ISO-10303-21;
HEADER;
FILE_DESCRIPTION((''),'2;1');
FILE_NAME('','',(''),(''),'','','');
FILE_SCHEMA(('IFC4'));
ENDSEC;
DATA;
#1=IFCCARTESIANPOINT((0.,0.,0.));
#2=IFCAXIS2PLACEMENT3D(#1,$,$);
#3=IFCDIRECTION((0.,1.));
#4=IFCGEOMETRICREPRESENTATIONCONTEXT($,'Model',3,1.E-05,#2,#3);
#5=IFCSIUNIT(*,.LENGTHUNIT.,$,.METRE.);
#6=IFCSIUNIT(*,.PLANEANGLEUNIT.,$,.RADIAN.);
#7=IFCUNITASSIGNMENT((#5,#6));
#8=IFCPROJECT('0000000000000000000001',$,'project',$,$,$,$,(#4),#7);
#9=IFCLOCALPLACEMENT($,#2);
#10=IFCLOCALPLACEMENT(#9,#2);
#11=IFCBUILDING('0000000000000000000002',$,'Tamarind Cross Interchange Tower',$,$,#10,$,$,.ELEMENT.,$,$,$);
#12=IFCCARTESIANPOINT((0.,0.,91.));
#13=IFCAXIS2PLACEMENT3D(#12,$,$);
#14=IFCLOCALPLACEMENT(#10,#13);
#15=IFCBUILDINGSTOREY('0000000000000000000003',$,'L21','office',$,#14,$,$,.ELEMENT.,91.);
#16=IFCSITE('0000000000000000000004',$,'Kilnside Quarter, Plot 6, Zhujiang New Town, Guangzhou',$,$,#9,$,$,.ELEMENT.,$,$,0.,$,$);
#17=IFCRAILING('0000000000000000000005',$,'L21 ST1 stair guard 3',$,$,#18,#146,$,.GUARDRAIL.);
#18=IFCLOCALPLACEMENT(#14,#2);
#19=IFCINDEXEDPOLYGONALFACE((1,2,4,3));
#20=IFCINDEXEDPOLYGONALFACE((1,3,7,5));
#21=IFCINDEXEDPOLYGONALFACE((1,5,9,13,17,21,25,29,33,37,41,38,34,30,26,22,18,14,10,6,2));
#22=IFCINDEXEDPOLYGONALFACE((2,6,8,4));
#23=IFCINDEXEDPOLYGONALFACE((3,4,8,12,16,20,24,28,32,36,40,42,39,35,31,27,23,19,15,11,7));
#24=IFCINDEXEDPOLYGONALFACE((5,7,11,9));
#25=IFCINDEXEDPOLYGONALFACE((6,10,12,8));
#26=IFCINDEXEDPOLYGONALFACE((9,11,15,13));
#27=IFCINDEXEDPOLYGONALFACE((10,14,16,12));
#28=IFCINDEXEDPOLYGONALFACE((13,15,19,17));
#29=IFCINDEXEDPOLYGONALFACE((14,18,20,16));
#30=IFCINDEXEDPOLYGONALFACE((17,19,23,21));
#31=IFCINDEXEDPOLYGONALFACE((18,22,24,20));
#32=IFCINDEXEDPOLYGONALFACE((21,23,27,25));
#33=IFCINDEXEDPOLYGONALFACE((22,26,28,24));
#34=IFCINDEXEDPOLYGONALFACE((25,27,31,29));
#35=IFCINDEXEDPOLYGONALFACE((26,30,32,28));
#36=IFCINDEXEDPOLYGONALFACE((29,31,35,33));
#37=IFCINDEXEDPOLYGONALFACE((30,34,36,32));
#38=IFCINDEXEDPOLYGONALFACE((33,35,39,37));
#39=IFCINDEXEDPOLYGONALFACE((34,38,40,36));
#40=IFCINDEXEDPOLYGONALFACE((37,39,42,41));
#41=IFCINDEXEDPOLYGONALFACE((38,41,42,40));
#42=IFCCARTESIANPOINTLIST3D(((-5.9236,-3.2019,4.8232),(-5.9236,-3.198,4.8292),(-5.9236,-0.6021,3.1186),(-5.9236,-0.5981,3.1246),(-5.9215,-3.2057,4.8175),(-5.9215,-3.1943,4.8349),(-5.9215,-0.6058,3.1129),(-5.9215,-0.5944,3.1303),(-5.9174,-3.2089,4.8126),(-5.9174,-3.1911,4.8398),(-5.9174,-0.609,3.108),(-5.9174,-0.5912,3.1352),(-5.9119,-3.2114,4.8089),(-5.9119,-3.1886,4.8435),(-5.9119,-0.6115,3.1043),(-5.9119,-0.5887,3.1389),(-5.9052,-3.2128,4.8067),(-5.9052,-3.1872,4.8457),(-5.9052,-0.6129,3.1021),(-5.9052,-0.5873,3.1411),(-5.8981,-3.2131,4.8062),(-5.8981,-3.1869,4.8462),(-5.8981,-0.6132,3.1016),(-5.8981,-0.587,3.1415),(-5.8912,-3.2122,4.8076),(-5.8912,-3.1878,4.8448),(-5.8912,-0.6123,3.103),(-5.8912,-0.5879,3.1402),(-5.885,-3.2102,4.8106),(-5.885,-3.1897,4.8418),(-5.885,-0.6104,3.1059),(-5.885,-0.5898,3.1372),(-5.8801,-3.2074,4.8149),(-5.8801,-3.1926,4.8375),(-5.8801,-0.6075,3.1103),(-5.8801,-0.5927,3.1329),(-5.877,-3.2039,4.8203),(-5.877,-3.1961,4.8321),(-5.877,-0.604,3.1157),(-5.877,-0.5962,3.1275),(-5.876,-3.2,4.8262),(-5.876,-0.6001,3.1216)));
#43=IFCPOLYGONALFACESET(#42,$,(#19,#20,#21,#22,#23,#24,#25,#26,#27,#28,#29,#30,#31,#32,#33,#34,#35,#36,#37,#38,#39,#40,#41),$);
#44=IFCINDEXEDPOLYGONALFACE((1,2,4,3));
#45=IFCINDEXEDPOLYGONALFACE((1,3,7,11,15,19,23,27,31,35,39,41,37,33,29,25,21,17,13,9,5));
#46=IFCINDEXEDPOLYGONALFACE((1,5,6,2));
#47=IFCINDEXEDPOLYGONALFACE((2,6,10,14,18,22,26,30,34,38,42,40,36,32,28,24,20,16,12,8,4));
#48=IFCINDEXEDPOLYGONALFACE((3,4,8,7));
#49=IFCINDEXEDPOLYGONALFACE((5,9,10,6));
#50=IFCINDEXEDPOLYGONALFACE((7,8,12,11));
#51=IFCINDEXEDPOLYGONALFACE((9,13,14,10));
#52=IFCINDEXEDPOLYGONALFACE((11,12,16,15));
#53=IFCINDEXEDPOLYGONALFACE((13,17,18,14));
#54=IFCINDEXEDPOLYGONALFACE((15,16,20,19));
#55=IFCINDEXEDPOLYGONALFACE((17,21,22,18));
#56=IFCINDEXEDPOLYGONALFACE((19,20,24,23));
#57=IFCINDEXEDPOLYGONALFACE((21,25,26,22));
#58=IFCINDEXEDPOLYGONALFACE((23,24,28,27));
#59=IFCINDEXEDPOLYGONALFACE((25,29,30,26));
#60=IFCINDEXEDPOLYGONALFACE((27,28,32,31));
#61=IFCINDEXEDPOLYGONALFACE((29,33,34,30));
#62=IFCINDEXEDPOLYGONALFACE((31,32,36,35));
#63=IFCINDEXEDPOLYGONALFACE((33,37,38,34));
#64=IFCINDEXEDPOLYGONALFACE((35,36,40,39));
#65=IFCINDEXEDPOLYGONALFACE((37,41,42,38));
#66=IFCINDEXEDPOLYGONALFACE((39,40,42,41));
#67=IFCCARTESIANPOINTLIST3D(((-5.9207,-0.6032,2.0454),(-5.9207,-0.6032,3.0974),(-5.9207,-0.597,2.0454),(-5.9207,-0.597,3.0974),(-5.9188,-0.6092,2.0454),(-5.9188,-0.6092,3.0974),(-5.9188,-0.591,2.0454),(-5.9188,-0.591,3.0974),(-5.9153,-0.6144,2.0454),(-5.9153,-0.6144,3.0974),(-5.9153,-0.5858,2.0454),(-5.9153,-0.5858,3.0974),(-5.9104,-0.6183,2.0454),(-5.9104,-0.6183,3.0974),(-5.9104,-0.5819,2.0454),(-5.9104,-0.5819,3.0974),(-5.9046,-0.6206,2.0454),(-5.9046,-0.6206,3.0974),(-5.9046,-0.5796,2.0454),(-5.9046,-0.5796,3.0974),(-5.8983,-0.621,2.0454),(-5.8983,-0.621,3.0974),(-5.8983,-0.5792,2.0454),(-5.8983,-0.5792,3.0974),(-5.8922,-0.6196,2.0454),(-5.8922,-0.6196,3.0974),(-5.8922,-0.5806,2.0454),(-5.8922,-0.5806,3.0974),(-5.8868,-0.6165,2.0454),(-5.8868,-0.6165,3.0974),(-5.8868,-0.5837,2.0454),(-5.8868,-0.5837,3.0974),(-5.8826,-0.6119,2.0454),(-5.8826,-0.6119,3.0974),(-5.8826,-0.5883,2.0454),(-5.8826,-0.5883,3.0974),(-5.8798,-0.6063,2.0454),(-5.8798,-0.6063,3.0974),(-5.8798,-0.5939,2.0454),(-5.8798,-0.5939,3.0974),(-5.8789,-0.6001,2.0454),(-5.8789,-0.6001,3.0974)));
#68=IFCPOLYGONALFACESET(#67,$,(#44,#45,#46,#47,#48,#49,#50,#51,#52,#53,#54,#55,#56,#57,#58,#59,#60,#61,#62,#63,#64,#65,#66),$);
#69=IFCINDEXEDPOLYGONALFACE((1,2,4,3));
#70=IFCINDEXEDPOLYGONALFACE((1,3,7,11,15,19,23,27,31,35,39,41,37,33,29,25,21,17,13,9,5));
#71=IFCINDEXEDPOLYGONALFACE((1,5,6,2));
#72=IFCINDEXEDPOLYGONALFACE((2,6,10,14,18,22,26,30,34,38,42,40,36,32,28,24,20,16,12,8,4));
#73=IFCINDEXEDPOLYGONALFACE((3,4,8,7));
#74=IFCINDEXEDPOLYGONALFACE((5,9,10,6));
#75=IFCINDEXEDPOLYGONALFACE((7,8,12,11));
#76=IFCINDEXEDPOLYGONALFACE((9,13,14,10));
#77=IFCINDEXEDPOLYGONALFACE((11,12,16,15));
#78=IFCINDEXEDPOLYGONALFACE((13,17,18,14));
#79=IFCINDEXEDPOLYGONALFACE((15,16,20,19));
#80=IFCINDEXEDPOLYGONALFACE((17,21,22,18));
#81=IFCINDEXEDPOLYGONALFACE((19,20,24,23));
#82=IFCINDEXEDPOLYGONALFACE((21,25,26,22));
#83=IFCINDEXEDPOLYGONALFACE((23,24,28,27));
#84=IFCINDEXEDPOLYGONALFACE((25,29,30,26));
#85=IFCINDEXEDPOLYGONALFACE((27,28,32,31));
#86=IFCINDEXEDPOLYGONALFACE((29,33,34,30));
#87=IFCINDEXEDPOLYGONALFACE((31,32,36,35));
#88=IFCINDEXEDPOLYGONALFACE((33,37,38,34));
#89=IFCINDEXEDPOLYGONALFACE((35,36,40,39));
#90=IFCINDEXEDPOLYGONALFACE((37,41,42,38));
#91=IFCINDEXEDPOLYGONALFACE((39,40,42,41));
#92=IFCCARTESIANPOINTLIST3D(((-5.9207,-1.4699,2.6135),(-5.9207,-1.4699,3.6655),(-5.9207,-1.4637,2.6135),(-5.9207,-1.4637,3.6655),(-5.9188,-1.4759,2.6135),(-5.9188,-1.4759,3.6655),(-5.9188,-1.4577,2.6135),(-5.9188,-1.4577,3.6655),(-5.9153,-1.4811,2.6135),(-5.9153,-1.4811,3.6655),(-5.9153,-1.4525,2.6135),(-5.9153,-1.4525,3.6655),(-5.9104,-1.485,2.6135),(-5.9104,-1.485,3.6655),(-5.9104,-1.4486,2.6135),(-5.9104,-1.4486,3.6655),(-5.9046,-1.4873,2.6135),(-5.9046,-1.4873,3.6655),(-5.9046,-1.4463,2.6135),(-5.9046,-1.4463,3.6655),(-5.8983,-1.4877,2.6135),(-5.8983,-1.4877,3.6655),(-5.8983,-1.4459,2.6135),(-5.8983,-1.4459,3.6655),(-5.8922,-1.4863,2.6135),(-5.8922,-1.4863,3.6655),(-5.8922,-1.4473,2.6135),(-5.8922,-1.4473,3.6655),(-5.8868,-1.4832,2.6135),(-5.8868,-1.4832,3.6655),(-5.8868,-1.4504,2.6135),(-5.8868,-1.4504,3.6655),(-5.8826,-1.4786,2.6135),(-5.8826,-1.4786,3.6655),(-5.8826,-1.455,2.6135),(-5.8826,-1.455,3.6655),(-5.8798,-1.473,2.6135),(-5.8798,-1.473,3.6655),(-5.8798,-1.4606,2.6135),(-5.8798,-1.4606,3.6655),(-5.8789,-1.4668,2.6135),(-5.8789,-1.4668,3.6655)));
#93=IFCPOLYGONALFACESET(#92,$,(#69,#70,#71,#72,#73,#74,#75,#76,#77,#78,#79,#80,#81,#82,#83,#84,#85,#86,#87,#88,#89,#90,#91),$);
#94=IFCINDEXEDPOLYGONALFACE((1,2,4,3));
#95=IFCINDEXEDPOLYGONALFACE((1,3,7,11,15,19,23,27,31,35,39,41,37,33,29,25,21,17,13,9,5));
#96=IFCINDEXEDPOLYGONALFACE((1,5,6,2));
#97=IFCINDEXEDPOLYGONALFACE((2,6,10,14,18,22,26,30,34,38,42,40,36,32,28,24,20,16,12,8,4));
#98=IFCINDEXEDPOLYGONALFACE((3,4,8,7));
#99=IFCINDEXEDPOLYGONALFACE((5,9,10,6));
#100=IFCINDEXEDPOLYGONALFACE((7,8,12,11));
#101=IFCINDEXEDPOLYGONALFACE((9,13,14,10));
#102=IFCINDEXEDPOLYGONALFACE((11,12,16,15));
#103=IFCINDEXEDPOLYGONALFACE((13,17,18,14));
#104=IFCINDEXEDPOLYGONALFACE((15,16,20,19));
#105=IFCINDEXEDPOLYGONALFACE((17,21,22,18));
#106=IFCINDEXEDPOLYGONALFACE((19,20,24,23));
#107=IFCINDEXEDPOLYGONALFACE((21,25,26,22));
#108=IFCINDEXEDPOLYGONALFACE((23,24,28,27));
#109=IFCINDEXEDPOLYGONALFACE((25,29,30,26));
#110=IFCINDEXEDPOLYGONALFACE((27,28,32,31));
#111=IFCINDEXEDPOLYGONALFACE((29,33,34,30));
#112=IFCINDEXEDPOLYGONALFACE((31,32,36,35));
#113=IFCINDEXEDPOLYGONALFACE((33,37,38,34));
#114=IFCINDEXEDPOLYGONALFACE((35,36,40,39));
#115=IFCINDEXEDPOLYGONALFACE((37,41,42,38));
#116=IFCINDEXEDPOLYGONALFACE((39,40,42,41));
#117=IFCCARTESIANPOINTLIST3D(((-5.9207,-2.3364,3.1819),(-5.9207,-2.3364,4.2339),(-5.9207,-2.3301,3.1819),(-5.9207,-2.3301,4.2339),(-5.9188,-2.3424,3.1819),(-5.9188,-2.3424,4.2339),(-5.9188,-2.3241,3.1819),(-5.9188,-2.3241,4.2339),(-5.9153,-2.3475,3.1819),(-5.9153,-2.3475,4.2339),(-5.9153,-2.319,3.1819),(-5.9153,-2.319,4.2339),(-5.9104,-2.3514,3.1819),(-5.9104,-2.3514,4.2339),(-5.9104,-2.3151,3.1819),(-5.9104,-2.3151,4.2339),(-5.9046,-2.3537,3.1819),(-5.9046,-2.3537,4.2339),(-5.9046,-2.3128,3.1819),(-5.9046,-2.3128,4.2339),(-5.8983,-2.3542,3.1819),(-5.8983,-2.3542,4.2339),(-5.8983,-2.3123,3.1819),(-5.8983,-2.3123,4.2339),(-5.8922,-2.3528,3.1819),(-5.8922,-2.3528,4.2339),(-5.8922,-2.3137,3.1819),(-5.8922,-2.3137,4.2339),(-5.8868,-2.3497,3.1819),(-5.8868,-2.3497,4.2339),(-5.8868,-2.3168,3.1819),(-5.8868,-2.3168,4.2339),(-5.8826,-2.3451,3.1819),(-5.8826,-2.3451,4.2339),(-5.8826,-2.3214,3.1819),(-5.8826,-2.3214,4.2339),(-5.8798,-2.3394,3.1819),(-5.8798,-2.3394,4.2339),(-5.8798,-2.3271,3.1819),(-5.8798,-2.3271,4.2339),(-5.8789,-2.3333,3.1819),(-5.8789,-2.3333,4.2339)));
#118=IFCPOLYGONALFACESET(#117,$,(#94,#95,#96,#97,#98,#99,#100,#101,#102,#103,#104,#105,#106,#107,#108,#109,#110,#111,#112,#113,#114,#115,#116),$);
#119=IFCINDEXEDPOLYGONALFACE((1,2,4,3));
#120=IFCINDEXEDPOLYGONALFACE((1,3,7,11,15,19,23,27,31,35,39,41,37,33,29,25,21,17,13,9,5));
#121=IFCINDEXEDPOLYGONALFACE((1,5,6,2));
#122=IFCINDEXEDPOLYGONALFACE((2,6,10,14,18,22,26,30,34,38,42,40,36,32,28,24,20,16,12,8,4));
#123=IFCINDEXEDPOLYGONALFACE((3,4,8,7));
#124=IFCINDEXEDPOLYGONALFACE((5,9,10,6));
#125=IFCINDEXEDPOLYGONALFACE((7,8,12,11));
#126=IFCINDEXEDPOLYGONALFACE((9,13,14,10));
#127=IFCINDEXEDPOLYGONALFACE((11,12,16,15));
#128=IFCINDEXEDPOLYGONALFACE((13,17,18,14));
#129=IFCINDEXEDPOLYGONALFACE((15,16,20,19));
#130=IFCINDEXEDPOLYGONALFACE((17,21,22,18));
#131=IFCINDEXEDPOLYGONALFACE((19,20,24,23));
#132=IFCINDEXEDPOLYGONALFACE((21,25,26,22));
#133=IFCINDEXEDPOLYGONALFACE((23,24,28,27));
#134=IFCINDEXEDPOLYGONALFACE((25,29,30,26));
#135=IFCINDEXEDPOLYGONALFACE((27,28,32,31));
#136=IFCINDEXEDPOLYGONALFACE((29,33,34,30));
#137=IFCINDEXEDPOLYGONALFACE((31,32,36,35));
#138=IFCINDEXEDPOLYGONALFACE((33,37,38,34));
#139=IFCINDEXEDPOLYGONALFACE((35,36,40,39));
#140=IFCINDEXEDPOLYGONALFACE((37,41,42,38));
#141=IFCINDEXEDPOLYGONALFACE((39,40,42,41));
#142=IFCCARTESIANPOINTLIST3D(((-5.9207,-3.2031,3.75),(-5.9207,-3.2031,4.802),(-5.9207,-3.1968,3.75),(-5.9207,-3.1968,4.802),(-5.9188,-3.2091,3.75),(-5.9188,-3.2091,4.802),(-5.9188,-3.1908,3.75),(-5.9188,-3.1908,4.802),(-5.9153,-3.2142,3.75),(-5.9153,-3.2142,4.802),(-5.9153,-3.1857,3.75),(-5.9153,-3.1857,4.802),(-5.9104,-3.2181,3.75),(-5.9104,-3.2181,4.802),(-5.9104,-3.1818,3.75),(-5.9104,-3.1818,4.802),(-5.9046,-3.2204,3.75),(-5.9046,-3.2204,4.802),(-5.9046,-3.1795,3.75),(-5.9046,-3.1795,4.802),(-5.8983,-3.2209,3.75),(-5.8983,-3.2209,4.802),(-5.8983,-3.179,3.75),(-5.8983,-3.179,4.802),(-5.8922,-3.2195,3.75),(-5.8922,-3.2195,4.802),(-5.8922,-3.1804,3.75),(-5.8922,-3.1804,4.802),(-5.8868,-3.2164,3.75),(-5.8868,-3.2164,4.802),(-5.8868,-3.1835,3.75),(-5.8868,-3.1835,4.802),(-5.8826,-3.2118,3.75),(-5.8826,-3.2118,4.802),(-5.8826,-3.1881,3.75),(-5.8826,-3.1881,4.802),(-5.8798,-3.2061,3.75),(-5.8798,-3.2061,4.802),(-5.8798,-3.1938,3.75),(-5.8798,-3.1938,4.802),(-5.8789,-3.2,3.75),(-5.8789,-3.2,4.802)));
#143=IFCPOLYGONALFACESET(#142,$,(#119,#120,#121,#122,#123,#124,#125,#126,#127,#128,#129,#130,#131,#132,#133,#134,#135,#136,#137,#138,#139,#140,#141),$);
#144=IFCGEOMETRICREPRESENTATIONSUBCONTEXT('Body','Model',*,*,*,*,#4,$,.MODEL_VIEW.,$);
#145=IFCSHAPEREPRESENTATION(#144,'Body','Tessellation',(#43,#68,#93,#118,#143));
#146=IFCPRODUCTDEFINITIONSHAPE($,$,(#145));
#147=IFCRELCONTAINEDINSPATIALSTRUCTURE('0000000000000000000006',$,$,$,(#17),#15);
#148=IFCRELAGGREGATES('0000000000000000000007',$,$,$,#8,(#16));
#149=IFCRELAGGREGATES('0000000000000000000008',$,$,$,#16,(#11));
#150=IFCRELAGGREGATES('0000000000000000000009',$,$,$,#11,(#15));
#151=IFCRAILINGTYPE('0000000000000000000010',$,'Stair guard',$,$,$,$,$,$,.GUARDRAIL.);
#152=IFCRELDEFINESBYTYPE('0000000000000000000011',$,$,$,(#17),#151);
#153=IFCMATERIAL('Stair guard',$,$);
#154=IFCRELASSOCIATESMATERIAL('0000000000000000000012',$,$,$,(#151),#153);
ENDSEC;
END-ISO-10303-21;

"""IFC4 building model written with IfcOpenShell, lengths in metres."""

from ifc_helpers import new_model, si_unit, direction, frame, origin, origin_2d, place, context, subcontext, project, spatial, circle, extrude, material, type_object, element, save


model = new_model("IFC4")

# Units and contexts
model_context = context("Model", 3, precision=1e-05, world=origin(), true_north=direction((0.0, 1.0)))
body_context = subcontext(model_context, "Body", "Model", "MODEL_VIEW")
ifc_project = project(units=[si_unit("LENGTHUNIT", "METRE"), si_unit("PLANEANGLEUNIT", "RADIAN")], contexts=[model_context])

# Site, building, storey
site_placement = place(None, origin())
site = spatial("IfcSite", under=ifc_project, at=site_placement, Name="Kilnside Quarter, Plot 6, Zhujiang New Town, Guangzhou", CompositionType="ELEMENT", RefElevation=0.0)
building_placement = place(site_placement, origin())
building = spatial("IfcBuilding", under=site, at=building_placement, Name="Tamarind Cross Interchange Tower", CompositionType="ELEMENT")
storey_placement = place(building_placement, frame((0.0, 0.0, 91.0)))
storey = spatial("IfcBuildingStorey", under=building, at=storey_placement, Name="L21", Description="office", CompositionType="ELEMENT", Elevation=91.0)

# Railing
ifc_material_1 = material(Name="Stair guard")
railing_type_1 = type_object("IfcRailingType", Name="Stair guard", PredefinedType="GUARDRAIL", material=ifc_material_1)
railing_1_placement = place(storey_placement, frame((-5.8999, -0.6001, 2.0454)))
element("IfcRailing", 1, at=railing_1_placement, inside=storey, type_object=railing_type_1, Name="L21 ST1 stair guard 3", PredefinedType="GUARDRAIL", context=body_context, shape_type="SweptSolid", body=[
    extrude(circle(Radius=0.0239, at=origin_2d()), frame((0.0, 0.0, 1.0762), z_axis=(0.0, -0.836279, 0.548305), x_axis=(1.0, 0.0, 0.0)), (0.0, 0.0, 1.0), 3.1089),
    extrude(circle(Radius=0.021, at=origin_2d()), origin(), (0.0, 0.0, 1.0), 1.052),
    extrude(circle(Radius=0.021, at=origin_2d()), frame((0.0, -0.8667, 0.5681)), (0.0, 0.0, 1.0), 1.052),
    extrude(circle(Radius=0.021, at=origin_2d()), frame((0.0, -1.7332, 1.1365)), (0.0, 0.0, 1.0), 1.052),
    extrude(circle(Radius=0.021, at=origin_2d()), frame((0.0, -2.5999, 1.7046)), (0.0, 0.0, 1.0), 1.052),
])

save(model, "model.ifc")
